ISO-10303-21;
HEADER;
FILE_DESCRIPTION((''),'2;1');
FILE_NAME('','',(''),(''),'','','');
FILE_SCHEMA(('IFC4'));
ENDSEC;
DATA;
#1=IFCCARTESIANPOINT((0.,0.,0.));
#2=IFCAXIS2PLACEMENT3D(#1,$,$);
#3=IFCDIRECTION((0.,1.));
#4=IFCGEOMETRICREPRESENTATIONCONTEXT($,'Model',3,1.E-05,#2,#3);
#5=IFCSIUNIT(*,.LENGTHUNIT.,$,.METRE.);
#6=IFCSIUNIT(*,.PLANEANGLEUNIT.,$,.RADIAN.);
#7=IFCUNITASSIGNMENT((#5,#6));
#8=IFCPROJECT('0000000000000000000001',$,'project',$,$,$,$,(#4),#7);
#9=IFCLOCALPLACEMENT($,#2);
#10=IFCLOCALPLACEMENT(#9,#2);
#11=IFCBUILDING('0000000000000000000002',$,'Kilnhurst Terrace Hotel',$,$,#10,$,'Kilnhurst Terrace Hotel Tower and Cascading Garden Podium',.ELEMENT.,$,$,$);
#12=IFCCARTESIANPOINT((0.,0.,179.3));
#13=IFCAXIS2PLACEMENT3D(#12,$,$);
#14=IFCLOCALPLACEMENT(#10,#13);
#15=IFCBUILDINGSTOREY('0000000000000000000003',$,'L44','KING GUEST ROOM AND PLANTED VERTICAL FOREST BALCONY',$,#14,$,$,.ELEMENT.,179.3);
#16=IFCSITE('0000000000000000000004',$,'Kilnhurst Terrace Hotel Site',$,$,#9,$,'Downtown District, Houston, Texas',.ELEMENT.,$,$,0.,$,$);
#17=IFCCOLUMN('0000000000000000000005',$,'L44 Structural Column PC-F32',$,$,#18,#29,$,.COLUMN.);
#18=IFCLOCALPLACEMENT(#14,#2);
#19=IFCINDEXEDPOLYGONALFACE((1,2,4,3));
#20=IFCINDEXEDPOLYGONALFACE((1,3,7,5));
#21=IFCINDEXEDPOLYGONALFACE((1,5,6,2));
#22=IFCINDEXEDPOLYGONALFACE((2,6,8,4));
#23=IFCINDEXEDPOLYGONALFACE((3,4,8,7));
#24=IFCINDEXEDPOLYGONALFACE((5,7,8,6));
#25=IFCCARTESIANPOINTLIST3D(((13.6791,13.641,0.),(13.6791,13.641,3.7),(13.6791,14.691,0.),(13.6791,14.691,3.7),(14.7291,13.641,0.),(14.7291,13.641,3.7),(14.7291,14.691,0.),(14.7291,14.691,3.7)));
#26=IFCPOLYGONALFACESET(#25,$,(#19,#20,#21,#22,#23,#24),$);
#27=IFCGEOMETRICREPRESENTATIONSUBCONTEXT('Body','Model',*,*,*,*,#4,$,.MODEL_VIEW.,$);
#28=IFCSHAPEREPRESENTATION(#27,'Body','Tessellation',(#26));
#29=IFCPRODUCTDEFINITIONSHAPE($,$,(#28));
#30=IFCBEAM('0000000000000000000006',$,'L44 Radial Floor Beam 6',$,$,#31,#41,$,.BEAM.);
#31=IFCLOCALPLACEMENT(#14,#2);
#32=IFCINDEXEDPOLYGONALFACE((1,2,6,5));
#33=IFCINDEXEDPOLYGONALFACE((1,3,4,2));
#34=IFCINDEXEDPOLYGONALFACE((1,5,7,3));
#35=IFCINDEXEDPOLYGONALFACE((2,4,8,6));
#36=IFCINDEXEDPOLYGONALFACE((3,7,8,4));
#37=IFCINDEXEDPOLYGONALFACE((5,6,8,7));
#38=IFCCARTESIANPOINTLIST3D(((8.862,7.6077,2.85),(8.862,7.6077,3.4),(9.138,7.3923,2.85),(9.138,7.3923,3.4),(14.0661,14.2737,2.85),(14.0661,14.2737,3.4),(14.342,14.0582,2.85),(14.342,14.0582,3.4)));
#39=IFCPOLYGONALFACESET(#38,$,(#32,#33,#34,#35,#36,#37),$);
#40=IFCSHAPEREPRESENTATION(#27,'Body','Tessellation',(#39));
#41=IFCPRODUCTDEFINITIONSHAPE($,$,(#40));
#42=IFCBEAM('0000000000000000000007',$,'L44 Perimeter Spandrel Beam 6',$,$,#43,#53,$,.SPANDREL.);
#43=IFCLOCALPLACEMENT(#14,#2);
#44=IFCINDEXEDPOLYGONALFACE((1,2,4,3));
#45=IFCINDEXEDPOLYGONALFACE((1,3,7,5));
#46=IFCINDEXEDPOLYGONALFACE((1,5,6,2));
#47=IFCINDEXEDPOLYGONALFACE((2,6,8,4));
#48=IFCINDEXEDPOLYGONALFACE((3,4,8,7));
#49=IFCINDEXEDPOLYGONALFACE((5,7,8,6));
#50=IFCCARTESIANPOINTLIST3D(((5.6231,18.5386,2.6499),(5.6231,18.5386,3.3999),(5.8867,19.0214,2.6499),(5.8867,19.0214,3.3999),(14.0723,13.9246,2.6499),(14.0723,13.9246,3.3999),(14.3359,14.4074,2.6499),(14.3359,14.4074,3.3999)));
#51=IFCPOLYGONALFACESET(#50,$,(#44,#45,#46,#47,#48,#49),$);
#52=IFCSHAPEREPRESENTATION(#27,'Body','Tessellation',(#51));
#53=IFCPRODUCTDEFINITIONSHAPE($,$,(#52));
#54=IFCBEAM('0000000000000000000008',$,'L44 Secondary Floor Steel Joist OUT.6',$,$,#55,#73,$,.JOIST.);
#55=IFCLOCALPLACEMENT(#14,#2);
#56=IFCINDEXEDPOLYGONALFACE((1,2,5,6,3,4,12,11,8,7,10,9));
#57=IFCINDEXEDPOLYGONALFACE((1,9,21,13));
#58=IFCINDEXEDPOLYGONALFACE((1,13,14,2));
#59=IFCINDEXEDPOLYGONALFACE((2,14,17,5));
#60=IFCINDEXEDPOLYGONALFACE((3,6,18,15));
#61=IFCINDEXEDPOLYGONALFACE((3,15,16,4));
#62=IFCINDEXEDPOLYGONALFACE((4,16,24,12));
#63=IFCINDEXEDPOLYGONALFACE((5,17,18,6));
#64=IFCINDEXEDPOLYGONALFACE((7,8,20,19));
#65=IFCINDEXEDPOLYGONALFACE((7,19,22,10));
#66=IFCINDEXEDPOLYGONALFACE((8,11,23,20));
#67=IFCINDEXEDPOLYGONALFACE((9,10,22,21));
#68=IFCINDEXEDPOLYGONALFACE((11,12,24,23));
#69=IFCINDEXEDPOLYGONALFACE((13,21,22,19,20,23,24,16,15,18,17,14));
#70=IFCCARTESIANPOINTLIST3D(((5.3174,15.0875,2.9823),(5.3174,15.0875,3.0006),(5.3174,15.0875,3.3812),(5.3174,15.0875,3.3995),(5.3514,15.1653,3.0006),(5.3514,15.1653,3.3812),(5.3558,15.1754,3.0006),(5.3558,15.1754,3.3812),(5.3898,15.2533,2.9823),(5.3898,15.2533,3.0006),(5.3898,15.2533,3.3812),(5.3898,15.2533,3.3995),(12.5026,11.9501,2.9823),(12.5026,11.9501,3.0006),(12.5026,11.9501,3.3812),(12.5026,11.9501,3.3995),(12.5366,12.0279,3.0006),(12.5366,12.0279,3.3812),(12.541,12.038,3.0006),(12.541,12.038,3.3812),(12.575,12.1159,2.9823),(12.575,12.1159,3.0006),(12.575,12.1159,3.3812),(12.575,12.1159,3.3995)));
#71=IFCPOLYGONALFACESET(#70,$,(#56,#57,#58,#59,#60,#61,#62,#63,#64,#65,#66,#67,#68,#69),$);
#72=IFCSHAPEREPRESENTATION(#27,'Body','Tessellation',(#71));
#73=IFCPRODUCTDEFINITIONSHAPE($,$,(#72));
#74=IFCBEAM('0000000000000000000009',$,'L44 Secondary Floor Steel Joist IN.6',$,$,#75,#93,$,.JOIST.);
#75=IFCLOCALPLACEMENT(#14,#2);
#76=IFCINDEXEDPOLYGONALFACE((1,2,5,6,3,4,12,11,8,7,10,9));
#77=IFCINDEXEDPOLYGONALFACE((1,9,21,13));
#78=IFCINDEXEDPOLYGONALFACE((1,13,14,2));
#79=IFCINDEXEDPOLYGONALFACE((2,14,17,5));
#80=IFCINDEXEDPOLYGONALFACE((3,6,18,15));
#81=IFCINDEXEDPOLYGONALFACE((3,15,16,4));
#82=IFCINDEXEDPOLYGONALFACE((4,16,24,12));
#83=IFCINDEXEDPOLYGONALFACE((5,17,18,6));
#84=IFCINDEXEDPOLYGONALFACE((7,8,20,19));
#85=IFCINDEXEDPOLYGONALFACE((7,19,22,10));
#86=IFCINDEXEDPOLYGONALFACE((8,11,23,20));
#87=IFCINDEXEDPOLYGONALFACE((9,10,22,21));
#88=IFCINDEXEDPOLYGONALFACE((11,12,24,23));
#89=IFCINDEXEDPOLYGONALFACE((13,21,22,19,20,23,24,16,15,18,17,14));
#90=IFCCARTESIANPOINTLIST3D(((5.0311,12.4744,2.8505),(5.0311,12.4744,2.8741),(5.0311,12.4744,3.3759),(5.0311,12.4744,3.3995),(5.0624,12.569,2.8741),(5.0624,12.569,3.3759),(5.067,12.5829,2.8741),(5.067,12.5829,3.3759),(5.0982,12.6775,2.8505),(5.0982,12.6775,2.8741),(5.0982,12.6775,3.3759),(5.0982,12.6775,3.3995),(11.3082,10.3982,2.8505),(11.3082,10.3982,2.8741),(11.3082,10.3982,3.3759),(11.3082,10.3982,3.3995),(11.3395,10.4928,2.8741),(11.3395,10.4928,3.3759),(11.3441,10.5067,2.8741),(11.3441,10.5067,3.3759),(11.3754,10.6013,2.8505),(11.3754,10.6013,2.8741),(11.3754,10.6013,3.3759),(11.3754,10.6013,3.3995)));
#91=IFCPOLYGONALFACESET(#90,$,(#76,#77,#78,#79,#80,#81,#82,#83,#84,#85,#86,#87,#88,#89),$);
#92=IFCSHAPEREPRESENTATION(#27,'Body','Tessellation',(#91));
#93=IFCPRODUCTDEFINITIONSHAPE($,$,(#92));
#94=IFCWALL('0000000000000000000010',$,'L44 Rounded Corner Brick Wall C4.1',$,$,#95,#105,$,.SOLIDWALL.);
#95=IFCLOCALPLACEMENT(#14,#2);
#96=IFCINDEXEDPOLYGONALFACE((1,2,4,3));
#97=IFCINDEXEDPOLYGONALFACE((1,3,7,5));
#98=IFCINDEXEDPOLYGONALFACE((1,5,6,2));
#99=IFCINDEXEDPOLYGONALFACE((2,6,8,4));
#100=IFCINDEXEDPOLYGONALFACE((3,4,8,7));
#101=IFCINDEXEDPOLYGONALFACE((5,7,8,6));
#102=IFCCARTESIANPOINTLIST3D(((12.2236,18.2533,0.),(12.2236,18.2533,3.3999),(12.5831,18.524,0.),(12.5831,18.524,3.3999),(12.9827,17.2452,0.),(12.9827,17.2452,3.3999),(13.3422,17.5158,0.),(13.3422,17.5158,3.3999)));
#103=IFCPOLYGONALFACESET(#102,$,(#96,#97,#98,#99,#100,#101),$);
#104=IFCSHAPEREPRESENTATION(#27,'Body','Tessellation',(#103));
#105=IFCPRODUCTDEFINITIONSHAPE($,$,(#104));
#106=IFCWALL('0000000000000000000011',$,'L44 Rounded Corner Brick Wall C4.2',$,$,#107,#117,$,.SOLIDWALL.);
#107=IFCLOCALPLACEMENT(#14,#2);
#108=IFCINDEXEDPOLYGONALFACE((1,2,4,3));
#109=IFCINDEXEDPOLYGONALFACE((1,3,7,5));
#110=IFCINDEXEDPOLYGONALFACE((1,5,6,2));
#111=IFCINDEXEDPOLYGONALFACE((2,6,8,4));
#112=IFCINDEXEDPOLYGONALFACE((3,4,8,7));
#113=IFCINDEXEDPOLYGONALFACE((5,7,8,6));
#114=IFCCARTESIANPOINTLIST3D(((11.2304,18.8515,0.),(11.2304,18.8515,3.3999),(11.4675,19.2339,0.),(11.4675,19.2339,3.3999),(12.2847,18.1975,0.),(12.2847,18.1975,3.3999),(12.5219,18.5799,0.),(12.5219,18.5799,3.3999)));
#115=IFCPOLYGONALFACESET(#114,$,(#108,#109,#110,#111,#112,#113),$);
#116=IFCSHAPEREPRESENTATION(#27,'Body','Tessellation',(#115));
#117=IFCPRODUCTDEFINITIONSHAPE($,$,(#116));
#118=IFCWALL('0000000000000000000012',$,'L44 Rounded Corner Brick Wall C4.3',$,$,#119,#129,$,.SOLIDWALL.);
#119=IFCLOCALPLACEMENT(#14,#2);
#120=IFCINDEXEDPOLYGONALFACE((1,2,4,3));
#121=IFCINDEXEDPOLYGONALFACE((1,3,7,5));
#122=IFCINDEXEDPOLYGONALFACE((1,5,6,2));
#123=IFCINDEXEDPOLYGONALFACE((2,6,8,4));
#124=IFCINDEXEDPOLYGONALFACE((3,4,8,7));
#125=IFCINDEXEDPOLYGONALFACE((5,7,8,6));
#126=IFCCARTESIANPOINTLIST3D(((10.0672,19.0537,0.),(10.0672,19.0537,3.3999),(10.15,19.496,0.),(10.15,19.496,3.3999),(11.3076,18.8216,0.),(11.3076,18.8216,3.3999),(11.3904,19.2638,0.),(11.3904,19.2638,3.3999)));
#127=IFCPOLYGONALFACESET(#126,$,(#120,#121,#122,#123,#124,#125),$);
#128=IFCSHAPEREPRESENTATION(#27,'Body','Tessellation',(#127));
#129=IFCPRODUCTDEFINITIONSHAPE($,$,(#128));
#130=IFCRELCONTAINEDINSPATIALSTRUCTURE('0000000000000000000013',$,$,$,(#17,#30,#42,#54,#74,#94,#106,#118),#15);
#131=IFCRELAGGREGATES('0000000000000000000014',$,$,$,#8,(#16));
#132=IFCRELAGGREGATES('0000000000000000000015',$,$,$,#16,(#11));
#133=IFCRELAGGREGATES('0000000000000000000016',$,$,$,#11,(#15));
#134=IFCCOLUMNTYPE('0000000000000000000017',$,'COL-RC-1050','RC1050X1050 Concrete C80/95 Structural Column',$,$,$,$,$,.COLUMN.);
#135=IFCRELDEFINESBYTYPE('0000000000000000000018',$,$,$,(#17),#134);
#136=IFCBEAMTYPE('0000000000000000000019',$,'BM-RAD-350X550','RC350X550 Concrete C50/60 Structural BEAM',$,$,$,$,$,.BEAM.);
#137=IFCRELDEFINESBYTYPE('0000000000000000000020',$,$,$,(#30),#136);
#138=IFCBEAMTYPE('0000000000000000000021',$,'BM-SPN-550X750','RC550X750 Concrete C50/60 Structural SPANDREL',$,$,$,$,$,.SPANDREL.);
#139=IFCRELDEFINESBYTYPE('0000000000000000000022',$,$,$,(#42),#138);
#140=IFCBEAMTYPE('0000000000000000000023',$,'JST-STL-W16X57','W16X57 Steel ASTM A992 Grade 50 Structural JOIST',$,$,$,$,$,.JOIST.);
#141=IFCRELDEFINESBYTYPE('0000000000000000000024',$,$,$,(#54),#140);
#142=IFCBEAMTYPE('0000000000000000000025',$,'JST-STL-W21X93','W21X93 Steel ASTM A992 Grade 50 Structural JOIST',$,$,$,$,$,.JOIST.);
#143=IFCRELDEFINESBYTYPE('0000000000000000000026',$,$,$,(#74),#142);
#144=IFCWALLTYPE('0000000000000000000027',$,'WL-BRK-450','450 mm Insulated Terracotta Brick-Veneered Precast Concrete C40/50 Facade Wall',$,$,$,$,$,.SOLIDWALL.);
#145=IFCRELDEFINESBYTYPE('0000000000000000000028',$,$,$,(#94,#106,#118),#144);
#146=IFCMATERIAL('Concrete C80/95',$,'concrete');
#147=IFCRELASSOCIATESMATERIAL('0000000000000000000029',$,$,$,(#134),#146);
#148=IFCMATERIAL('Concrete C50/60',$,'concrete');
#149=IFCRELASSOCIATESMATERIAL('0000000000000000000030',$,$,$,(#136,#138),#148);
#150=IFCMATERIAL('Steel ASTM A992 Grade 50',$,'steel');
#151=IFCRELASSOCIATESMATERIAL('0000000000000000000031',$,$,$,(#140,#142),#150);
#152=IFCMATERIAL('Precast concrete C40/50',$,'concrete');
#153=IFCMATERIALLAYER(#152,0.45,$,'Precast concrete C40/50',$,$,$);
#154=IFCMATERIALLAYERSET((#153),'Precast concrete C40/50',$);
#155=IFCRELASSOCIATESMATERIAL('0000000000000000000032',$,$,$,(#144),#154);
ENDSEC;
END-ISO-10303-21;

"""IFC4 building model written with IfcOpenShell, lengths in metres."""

from ifc_helpers import new_model, si_unit, direction, frame, frame_2d, origin, origin_2d, place, context, subcontext, project, spatial, rectangle, i_section, extrude, material, layer, layer_set, material_profile, profile_set, type_object, element, save


model = new_model("IFC4")

# Units and contexts
model_context = context("Model", 3, precision=1e-05, world=origin(), true_north=direction((0.0, 1.0)))
body_context = subcontext(model_context, "Body", "Model", "MODEL_VIEW")
ifc_project = project(units=[si_unit("LENGTHUNIT", "METRE"), si_unit("PLANEANGLEUNIT", "RADIAN")], contexts=[model_context])

# Site, building, storey
site_placement = place(None, origin())
site = spatial("IfcSite", under=ifc_project, at=site_placement, Name="Kilnhurst Terrace Hotel Site", LongName="Downtown District, Houston, Texas", CompositionType="ELEMENT", RefElevation=0.0)
building_placement = place(site_placement, origin())
building = spatial("IfcBuilding", under=site, at=building_placement, Name="Kilnhurst Terrace Hotel", LongName="Kilnhurst Terrace Hotel Tower and Cascading Garden Podium", CompositionType="ELEMENT")
storey_placement = place(building_placement, frame((0.0, 0.0, 179.3)))
storey = spatial("IfcBuildingStorey", under=building, at=storey_placement, Name="L44", Description="KING GUEST ROOM AND PLANTED VERTICAL FOREST BALCONY", CompositionType="ELEMENT", Elevation=179.3)

# Column
ifc_material_1 = material(Name="Concrete C80/95", Category="concrete")
ifc_material_profile_1 = material_profile(ifc_material_1, rectangle(XDim=1.05, YDim=1.05, at=origin_2d()), Name="RC1050X1050")
ifc_profile_set_1 = profile_set([ifc_material_profile_1], Name="Concrete C80/95")
column_type = type_object("IfcColumnType", Name="COL-RC-1050", Description="RC1050X1050 Concrete C80/95 Structural Column", PredefinedType="COLUMN", material=ifc_profile_set_1)
column_placement = place(storey_placement, frame((14.2041, 14.166, 0.0), z_axis=(0.0, 0.0, 1.0), x_axis=(1.0, 0.0, 0.0)))
element("IfcColumn", 1, at=column_placement, inside=storey, type_object=column_type, Name="L44 Structural Column PC-F32", PredefinedType="COLUMN", context=body_context, shape_type="SweptSolid", body=[
    extrude(rectangle(XDim=1.05, YDim=1.05, at=origin_2d()), origin(), (0.0, 0.0, 1.0), 3.7),
])

# Beams
ifc_material_2 = material(Name="Concrete C50/60", Category="concrete")
ifc_material_profile_2 = material_profile(ifc_material_2, rectangle(XDim=0.3501, YDim=0.55, at=origin_2d()), Name="RC350X550")
ifc_profile_set_2 = profile_set([ifc_material_profile_2], Name="Concrete C50/60")
beam_type_1 = type_object("IfcBeamType", Name="BM-RAD-350X550", Description="RC350X550 Concrete C50/60 Structural BEAM", PredefinedType="BEAM", material=ifc_profile_set_2)
beam_1_placement = place(storey_placement, frame((9.0, 7.5, 3.125), z_axis=(0.615371, 0.788238, 0.0), x_axis=(-0.788238, 0.615371, 0.0)))
element("IfcBeam", 2, at=beam_1_placement, inside=storey, type_object=beam_type_1, Name="L44 Radial Floor Beam 6", PredefinedType="BEAM", context=body_context, shape_type="SweptSolid", body=[
    extrude(rectangle(XDim=0.3501, YDim=0.55, at=origin_2d()), origin(), (0.0, 0.0, 1.0), 8.4568),
])
ifc_material_profile_3 = material_profile(ifc_material_2, rectangle(XDim=0.55, YDim=0.75, at=origin_2d()), Name="RC550X750")
ifc_profile_set_3 = profile_set([ifc_material_profile_3], Name="Concrete C50/60")
beam_type_2 = type_object("IfcBeamType", Name="BM-SPN-550X750", Description="RC550X750 Concrete C50/60 Structural SPANDREL", PredefinedType="SPANDREL", material=ifc_profile_set_3)
beam_2_placement = place(storey_placement, frame((14.2041, 14.166, 3.0249), z_axis=(-0.877662, 0.47928, 0.0), x_axis=(-0.47928, -0.877662, 0.0)))
element("IfcBeam", 3, at=beam_2_placement, inside=storey, type_object=beam_type_2, Name="L44 Perimeter Spandrel Beam 6", PredefinedType="SPANDREL", context=body_context, shape_type="SweptSolid", body=[
    extrude(rectangle(XDim=0.55, YDim=0.75, at=origin_2d()), origin(), (0.0, 0.0, 1.0), 9.627),
])
ifc_material_3 = material(Name="Steel ASTM A992 Grade 50", Category="steel")
ifc_material_profile_4 = material_profile(ifc_material_3, i_section(OverallWidth=0.1809, OverallDepth=0.4172, WebThickness=0.011, FlangeThickness=0.0183, at=origin_2d()), Name="W16X57")
ifc_profile_set_4 = profile_set([ifc_material_profile_4], Name="Steel ASTM A992 Grade 50")
beam_type_3 = type_object("IfcBeamType", Name="JST-STL-W16X57", Description="W16X57 Steel ASTM A992 Grade 50 Structural JOIST", PredefinedType="JOIST", material=ifc_profile_set_4)
beam_3_placement = place(storey_placement, frame((12.5388, 12.033, 3.1909), z_axis=(-0.916444, 0.400164, 0.0), x_axis=(-0.400164, -0.916444, 0.0)))
element("IfcBeam", 4, at=beam_3_placement, inside=storey, type_object=beam_type_3, Name="L44 Secondary Floor Steel Joist OUT.6", PredefinedType="JOIST", context=body_context, shape_type="SweptSolid", body=[
    extrude(i_section(OverallWidth=0.1809, OverallDepth=0.4172, WebThickness=0.011, FlangeThickness=0.0183, at=origin_2d()), origin(), (0.0, 0.0, 1.0), 7.8403),
])
ifc_material_profile_5 = material_profile(ifc_material_3, i_section(OverallWidth=0.2139, OverallDepth=0.5491, WebThickness=0.0146, FlangeThickness=0.0237, at=origin_2d()), Name="W21X93")
ifc_profile_set_5 = profile_set([ifc_material_profile_5], Name="Steel ASTM A992 Grade 50")
beam_type_4 = type_object("IfcBeamType", Name="JST-STL-W21X93", Description="W21X93 Steel ASTM A992 Grade 50 Structural JOIST", PredefinedType="JOIST", material=ifc_profile_set_5)
beam_4_placement = place(storey_placement, frame((11.3418, 10.4998, 3.125), z_axis=(-0.949416, 0.314022, 0.0), x_axis=(-0.314022, -0.949416, 0.0)))
element("IfcBeam", 5, at=beam_4_placement, inside=storey, type_object=beam_type_4, Name="L44 Secondary Floor Steel Joist IN.6", PredefinedType="JOIST", context=body_context, shape_type="SweptSolid", body=[
    extrude(i_section(OverallWidth=0.2139, OverallDepth=0.5491, WebThickness=0.0146, FlangeThickness=0.0237, at=origin_2d()), origin(), (0.0, 0.0, 1.0), 6.6116),
])

# Walls
ifc_material_4 = material(Name="Precast concrete C40/50", Category="concrete")
ifc_layer_1 = layer(ifc_material_4, 0.45, Name="Precast concrete C40/50")
ifc_layer_set_1 = layer_set([ifc_layer_1], Name="Precast concrete C40/50")
wall_type_1 = type_object("IfcWallType", Name="WL-BRK-450", Description="450 mm Insulated Terracotta Brick-Veneered Precast Concrete C40/50 Facade Wall", PredefinedType="SOLIDWALL", material=ifc_layer_set_1)
wall_1_placement = place(storey_placement, frame((13.1624, 17.3806, 0.0), z_axis=(0.0, 0.0, 1.0), x_axis=(-0.601516, 0.798861, 0.0)))
element("IfcWall", 6, at=wall_1_placement, inside=storey, type_object=wall_type_1, Name="L44 Rounded Corner Brick Wall C4.1", PredefinedType="SOLIDWALL", context=body_context, shape_type="SweptSolid", body=[
    extrude(rectangle(XDim=1.262, YDim=0.45, at=frame_2d((0.6309, 0.0))), origin(), (0.0, 0.0, 1.0), 3.3999),
])
wall_2_placement = place(storey_placement, frame((12.4033, 18.3887, 0.0), z_axis=(0.0, 0.0, 1.0), x_axis=(-0.849795, 0.527113, 0.0)))
element("IfcWall", 7, at=wall_2_placement, inside=storey, type_object=wall_type_1, Name="L44 Rounded Corner Brick Wall C4.2", PredefinedType="SOLIDWALL", context=body_context, shape_type="SweptSolid", body=[
    extrude(rectangle(XDim=1.2407, YDim=0.45, at=frame_2d((0.6204, 0.0))), origin(), (0.0, 0.0, 1.0), 3.3999),
])
wall_3_placement = place(storey_placement, frame((11.3489, 19.0427, 0.0), z_axis=(0.0, 0.0, 1.0), x_axis=(-0.982931, 0.183973, 0.0)))
element("IfcWall", 8, at=wall_3_placement, inside=storey, type_object=wall_type_1, Name="L44 Rounded Corner Brick Wall C4.3", PredefinedType="SOLIDWALL", context=body_context, shape_type="SweptSolid", body=[
    extrude(rectangle(XDim=1.262, YDim=0.45, at=frame_2d((0.6309, 0.0))), origin(), (0.0, 0.0, 1.0), 3.3999),
])

save(model, "model.ifc")
